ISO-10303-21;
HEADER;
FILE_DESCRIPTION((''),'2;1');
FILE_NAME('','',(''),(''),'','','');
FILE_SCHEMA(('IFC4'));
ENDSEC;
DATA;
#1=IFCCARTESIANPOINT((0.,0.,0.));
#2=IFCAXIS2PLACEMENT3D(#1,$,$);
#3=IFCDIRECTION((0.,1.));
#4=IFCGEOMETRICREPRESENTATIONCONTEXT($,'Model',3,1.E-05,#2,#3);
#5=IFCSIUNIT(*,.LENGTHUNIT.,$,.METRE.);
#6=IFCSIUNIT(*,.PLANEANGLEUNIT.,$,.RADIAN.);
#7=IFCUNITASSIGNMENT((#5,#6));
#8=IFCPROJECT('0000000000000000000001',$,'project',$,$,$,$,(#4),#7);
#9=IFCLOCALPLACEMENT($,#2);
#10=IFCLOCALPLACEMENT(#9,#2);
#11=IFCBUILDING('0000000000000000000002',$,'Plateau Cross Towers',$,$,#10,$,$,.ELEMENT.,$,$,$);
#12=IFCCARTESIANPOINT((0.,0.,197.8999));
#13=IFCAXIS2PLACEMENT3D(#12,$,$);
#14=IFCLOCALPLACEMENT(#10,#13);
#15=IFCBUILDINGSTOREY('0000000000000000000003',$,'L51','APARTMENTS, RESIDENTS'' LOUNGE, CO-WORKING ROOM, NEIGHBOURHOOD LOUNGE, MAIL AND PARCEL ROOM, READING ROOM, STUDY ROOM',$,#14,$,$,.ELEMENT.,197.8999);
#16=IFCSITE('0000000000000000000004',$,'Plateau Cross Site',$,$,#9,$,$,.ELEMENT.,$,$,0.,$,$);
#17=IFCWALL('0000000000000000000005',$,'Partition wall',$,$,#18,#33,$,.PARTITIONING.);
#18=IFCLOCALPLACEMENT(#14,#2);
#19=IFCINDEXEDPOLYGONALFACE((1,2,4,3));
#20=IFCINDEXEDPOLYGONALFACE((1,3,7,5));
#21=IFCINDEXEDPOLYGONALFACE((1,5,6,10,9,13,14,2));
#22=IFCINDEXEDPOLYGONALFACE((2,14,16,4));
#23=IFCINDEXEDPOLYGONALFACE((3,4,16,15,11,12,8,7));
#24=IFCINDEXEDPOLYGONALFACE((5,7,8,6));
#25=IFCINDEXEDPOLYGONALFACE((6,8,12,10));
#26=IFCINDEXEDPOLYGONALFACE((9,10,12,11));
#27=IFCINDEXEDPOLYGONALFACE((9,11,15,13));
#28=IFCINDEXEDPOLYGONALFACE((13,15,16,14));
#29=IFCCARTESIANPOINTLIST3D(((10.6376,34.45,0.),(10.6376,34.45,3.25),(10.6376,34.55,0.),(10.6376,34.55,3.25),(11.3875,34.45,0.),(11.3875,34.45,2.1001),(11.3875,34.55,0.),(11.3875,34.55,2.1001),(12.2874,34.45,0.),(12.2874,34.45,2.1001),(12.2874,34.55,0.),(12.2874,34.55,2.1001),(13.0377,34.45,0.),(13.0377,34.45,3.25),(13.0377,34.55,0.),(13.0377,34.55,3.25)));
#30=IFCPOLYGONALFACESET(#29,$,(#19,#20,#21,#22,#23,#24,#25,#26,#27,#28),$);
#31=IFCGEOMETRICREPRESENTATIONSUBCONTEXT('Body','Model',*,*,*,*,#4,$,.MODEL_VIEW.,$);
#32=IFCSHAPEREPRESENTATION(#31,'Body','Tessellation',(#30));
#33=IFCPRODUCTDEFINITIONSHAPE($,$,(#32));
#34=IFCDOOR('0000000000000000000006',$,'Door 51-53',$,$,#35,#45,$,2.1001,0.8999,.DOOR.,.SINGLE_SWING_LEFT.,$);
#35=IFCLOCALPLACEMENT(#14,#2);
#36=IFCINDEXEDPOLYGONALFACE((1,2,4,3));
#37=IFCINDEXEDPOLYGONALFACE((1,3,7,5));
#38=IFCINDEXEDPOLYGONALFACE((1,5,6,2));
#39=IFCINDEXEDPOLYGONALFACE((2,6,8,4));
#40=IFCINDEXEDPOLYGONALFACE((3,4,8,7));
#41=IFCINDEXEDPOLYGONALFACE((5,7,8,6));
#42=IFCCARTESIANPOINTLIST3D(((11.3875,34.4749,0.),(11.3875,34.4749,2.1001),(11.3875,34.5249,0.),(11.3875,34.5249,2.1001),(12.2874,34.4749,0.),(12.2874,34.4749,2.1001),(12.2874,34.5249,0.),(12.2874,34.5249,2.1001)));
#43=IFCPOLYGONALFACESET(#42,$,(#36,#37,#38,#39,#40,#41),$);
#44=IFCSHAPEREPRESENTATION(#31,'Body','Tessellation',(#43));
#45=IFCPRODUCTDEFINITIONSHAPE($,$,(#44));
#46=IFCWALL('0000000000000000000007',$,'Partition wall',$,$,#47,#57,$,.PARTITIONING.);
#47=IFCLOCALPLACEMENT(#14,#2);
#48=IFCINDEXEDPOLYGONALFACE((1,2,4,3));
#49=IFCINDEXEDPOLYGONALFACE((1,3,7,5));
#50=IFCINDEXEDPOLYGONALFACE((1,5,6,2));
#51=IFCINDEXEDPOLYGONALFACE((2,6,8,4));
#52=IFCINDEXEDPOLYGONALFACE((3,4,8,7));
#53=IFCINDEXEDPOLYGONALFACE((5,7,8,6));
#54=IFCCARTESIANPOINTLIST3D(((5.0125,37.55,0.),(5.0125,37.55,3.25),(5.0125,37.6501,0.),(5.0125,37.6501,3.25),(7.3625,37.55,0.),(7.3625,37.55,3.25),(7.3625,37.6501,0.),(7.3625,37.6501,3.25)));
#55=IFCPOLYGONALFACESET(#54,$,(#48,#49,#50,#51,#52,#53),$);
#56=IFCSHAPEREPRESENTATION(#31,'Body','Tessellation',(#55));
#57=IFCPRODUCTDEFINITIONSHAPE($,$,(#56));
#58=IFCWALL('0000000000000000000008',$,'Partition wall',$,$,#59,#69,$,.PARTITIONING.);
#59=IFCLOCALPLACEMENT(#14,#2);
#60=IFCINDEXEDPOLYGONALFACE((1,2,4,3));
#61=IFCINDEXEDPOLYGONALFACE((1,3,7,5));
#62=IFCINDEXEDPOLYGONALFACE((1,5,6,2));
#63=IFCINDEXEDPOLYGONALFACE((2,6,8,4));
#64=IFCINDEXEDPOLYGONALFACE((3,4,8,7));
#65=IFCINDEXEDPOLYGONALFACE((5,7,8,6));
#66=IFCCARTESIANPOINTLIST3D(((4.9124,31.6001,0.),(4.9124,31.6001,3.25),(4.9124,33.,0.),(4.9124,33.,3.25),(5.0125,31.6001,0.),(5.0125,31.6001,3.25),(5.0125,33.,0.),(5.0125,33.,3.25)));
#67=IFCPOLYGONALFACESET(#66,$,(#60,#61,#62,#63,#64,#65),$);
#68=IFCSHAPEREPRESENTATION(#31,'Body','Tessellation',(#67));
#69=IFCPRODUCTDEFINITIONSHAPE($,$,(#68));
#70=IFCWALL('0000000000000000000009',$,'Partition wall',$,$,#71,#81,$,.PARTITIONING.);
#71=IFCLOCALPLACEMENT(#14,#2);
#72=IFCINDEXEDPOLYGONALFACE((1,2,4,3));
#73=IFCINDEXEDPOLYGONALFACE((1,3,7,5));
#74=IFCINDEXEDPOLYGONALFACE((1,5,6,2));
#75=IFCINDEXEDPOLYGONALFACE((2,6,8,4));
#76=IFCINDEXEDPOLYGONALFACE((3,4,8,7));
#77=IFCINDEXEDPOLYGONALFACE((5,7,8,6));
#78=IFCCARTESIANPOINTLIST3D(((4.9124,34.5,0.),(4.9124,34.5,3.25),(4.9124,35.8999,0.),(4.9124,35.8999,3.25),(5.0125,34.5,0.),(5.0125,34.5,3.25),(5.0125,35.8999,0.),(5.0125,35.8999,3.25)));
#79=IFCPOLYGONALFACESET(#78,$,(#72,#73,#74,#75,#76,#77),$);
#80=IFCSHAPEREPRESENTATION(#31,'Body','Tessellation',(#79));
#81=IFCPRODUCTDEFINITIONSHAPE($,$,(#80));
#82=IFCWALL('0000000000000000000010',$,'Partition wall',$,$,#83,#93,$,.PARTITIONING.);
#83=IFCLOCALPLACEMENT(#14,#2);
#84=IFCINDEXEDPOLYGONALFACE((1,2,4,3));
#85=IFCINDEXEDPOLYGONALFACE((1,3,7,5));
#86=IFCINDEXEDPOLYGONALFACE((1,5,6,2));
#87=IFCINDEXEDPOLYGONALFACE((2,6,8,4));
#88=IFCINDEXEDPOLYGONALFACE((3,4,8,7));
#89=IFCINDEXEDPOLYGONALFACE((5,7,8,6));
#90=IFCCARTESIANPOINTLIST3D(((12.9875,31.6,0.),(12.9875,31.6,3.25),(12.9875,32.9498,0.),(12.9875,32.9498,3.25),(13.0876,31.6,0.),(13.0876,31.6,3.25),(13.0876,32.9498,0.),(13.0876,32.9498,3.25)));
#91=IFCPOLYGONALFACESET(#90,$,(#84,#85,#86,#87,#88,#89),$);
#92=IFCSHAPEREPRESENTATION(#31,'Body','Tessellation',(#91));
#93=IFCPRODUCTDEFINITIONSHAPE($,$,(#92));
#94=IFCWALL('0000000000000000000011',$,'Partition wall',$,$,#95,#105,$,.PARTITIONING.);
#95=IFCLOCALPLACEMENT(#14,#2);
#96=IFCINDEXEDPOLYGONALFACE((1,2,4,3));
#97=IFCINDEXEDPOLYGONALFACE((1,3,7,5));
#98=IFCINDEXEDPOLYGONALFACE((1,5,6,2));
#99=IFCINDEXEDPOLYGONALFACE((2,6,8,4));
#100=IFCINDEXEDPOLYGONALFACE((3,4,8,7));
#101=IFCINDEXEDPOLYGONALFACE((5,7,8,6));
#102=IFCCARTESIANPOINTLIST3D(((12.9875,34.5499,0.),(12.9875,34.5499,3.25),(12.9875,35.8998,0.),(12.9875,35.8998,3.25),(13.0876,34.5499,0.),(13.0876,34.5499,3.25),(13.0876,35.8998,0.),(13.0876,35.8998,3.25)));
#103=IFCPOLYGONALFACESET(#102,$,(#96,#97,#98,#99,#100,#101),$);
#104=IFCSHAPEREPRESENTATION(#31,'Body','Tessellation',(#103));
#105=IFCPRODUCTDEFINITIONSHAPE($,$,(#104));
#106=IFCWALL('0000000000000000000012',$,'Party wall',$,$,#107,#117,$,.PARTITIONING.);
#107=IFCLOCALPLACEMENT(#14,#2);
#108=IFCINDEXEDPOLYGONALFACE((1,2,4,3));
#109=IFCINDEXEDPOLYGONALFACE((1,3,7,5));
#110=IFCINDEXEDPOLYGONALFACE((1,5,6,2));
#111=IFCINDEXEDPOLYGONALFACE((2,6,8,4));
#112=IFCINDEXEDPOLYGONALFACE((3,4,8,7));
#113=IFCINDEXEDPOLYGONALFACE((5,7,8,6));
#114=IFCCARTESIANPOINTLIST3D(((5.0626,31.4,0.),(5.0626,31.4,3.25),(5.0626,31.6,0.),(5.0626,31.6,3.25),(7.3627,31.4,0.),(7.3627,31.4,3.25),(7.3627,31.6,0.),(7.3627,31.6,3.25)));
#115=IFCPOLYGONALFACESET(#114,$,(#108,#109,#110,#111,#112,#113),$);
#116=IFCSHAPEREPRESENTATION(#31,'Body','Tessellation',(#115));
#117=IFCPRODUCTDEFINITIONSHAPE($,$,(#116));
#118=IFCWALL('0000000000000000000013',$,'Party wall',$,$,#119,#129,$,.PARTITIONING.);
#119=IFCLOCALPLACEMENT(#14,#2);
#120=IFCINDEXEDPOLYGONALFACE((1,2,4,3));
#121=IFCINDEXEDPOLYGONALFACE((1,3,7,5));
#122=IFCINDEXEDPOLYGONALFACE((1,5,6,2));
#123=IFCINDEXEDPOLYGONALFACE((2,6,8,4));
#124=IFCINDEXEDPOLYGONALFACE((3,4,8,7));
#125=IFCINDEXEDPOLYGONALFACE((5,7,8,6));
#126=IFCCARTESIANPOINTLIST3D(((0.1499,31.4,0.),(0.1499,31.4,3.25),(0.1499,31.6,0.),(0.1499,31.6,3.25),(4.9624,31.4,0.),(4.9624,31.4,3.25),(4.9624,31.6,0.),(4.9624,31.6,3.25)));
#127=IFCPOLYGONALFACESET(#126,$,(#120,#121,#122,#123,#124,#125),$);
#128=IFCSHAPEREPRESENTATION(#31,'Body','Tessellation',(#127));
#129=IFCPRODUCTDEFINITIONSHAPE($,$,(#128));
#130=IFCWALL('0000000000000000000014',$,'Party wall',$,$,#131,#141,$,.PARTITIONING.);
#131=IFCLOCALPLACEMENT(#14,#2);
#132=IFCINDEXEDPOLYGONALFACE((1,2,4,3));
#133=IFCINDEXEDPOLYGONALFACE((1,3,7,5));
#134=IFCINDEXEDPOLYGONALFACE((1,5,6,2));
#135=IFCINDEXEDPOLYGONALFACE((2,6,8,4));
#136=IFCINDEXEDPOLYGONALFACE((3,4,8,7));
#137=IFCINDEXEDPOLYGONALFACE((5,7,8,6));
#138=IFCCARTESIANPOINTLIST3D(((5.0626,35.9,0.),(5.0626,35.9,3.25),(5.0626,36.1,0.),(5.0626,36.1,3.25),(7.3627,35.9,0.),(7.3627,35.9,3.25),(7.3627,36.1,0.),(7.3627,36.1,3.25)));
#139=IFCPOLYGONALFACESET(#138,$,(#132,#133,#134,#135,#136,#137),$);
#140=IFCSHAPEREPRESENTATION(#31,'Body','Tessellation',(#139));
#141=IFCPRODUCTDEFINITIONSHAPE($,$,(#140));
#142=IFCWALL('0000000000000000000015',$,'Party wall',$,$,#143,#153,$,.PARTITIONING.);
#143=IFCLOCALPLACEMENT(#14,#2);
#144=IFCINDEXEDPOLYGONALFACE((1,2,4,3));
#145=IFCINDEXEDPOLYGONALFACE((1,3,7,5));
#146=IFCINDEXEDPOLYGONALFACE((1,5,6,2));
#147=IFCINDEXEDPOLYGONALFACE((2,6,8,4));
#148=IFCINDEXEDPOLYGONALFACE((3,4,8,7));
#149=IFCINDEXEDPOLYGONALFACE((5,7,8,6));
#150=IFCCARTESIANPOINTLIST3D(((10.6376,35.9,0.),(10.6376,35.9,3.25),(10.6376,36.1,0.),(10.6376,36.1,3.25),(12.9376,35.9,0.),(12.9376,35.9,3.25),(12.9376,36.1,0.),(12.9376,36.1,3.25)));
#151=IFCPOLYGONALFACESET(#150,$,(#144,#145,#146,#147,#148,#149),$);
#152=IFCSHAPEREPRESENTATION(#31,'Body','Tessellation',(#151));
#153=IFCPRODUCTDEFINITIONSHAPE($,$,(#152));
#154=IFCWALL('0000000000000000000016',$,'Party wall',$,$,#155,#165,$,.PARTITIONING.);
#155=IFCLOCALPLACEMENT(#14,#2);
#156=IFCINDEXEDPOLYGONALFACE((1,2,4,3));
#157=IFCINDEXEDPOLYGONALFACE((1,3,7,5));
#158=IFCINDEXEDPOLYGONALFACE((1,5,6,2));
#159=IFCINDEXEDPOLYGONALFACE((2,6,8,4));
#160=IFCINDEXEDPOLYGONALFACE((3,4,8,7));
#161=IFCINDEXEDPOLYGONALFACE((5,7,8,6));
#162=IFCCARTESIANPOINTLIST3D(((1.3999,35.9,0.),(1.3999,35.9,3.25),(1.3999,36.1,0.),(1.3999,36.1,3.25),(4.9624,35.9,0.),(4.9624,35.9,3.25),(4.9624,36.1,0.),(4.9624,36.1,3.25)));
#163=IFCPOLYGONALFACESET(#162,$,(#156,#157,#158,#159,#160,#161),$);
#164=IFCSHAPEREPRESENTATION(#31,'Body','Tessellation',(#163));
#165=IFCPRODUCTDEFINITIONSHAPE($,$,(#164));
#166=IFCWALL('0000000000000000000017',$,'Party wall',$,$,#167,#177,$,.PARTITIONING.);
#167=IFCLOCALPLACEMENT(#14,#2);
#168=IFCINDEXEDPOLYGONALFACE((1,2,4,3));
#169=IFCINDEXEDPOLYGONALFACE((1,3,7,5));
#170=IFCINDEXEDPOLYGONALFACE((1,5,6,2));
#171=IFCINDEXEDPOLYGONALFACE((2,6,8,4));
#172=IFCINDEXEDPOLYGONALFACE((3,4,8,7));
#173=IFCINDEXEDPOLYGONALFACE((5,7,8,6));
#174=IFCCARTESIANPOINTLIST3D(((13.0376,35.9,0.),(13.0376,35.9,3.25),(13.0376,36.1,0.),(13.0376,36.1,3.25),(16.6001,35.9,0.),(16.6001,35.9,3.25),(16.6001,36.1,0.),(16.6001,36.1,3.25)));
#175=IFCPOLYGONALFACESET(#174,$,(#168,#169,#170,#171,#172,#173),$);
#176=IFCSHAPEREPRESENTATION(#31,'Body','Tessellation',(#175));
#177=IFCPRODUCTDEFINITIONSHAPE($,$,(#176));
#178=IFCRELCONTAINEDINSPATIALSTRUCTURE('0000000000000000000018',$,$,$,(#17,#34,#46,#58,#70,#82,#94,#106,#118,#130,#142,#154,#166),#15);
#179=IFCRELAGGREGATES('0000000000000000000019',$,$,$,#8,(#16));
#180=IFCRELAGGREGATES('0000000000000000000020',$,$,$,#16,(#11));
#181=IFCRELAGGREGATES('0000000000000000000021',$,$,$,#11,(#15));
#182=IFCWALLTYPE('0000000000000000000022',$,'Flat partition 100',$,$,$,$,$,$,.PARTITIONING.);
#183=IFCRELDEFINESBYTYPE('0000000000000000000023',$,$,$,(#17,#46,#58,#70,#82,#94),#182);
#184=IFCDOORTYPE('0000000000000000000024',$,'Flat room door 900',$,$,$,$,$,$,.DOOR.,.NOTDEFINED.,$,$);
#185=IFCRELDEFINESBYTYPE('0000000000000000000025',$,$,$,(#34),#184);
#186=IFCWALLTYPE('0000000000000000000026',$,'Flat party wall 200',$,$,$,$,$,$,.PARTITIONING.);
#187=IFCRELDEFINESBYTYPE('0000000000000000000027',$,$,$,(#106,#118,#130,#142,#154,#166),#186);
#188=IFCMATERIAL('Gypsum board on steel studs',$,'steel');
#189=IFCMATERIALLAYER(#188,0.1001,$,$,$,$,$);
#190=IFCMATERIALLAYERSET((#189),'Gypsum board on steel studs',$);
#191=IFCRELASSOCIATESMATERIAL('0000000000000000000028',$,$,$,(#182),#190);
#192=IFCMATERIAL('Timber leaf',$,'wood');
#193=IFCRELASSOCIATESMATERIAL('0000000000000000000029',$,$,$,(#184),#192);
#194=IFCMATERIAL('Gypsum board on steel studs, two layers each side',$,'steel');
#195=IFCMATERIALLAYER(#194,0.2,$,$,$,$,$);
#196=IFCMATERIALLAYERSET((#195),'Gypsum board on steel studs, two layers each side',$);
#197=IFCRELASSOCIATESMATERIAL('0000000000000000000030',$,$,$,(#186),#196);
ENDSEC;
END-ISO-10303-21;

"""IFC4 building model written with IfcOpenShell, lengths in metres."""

from ifc_helpers import new_model, si_unit, direction, frame, frame_2d, origin, place, context, subcontext, project, spatial, rectangle, extrude, material, layer, layer_set, type_object, element, fill, save


model = new_model("IFC4")

# Units and contexts
model_context = context("Model", 3, precision=1e-05, world=origin(), true_north=direction((0.0, 1.0)))
body_context = subcontext(model_context, "Body", "Model", "MODEL_VIEW")
ifc_project = project(units=[si_unit("LENGTHUNIT", "METRE"), si_unit("PLANEANGLEUNIT", "RADIAN")], contexts=[model_context])

# Site, building, storey
site_placement = place(None, origin())
site = spatial("IfcSite", under=ifc_project, at=site_placement, Name="Plateau Cross Site", CompositionType="ELEMENT", RefElevation=0.0)
building_placement = place(site_placement, origin())
building = spatial("IfcBuilding", under=site, at=building_placement, Name="Plateau Cross Towers", CompositionType="ELEMENT")
storey_placement = place(building_placement, frame((0.0, 0.0, 197.8999)))
storey = spatial("IfcBuildingStorey", under=building, at=storey_placement, Name="L51", Description="APARTMENTS, RESIDENTS' LOUNGE, CO-WORKING ROOM, NEIGHBOURHOOD LOUNGE, MAIL AND PARCEL ROOM, READING ROOM, STUDY ROOM", CompositionType="ELEMENT", Elevation=197.8999)

# Wall, opening, door
ifc_material_1 = material(Name="Gypsum board on steel studs", Category="steel")
ifc_layer_1 = layer(ifc_material_1, 0.1001)
ifc_layer_set_1 = layer_set([ifc_layer_1], Name="Gypsum board on steel studs")
wall_type_1 = type_object("IfcWallType", Name="Flat partition 100", PredefinedType="PARTITIONING", material=ifc_layer_set_1)
ifc_material_2 = material(Name="Timber leaf", Category="wood")
door_type_1 = type_object("IfcDoorType", Name="Flat room door 900", OperationType="NOTDEFINED", PredefinedType="DOOR", material=ifc_material_2)
wall_1_placement = place(storey_placement, frame((10.6375, 34.5, 0.0), z_axis=(0.0, 0.0, 1.0), x_axis=(1.0, 0.0, 0.0)))
wall_1 = element("IfcWall", 1, at=wall_1_placement, inside=storey, type_object=wall_type_1, Name="Partition wall", PredefinedType="PARTITIONING", context=body_context, shape_type="SweptSolid", body=[
    extrude(rectangle(XDim=2.4001, YDim=0.1001, at=frame_2d((1.2002, 0.0))), origin(), (0.0, 0.0, 1.0), 3.25),
])
opening_1_placement = place(wall_1_placement, frame((0.75, 0.0, 0.0)))
opening_1 = element("IfcOpeningElement", 2, at=opening_1_placement, cuts=wall_1, PredefinedType="OPENING", context=body_context, shape_type="SweptSolid", body=[
    extrude(rectangle(XDim=0.8999, YDim=2.1001, at=frame_2d((0.45, 1.05))), frame((0.0, 0.0601, 0.0), z_axis=(0.0, -1.0, 0.0), x_axis=(1.0, 0.0, 0.0)), (0.0, 0.0, 1.0), 0.1201),
])
door_1_placement = place(opening_1_placement, origin())
door_1 = element("IfcDoor", 3, at=door_1_placement, inside=storey, type_object=door_type_1, Name="Door 51-53", OperationType="SINGLE_SWING_LEFT", OverallHeight=2.1001, OverallWidth=0.8999, PredefinedType="DOOR", context=body_context, shape_type="SweptSolid", body=[
    extrude(rectangle(XDim=0.8999, YDim=2.1001, at=frame_2d((0.45, 1.05))), frame((0.0, 0.0249, 0.0), z_axis=(0.0, -1.0, 0.0), x_axis=(1.0, 0.0, 0.0)), (0.0, 0.0, 1.0), 0.05),
])
fill(opening_1, door_1)

# Walls
wall_2_placement = place(storey_placement, frame((7.3625, 37.6001, 0.0), z_axis=(0.0, 0.0, 1.0), x_axis=(-1.0, 0.0, 0.0)))
element("IfcWall", 4, at=wall_2_placement, inside=storey, type_object=wall_type_1, Name="Partition wall", PredefinedType="PARTITIONING", context=body_context, shape_type="SweptSolid", body=[
    extrude(rectangle(XDim=2.3501, YDim=0.1001, at=frame_2d((1.175, 0.0))), origin(), (0.0, 0.0, 1.0), 3.25),
])
for number, where, z_axis, x_axis, name in (
    (5, (4.9624, 33.0, 0.0), (0.0, 0.0, 1.0), (0.0, -1.0, 0.0), "Partition wall"),
    (6, (4.9624, 35.8999, 0.0), (0.0, 0.0, 1.0), (0.0, -1.0, 0.0), "Partition wall"),
):
    element("IfcWall", number, at=place(storey_placement, frame(where, z_axis=z_axis, x_axis=x_axis)), inside=storey, type_object=wall_type_1, Name=name, PredefinedType="PARTITIONING", context=body_context, shape_type="SweptSolid", body=[
        extrude(rectangle(XDim=1.3999, YDim=0.1001, at=frame_2d((0.7, 0.0))), origin(), (0.0, 0.0, 1.0), 3.25),
    ])
for number, where, z_axis, x_axis, name in (
    (7, (13.0376, 31.6001, 0.0), (0.0, 0.0, 1.0), (0.0, 1.0, 0.0), "Partition wall"),
    (8, (13.0376, 34.55, 0.0), (0.0, 0.0, 1.0), (0.0, 1.0, 0.0), "Partition wall"),
):
    element("IfcWall", number, at=place(storey_placement, frame(where, z_axis=z_axis, x_axis=x_axis)), inside=storey, type_object=wall_type_1, Name=name, PredefinedType="PARTITIONING", context=body_context, shape_type="SweptSolid", body=[
        extrude(rectangle(XDim=1.3499, YDim=0.1001, at=frame_2d((0.6748, 0.0))), origin(), (0.0, 0.0, 1.0), 3.25),
    ])
ifc_material_3 = material(Name="Gypsum board on steel studs, two layers each side", Category="steel")
ifc_layer_2 = layer(ifc_material_3, 0.2)
ifc_layer_set_2 = layer_set([ifc_layer_2], Name="Gypsum board on steel studs, two layers each side")
wall_type_2 = type_object("IfcWallType", Name="Flat party wall 200", PredefinedType="PARTITIONING", material=ifc_layer_set_2)
wall_3_placement = place(storey_placement, frame((7.3625, 31.5, 0.0), z_axis=(0.0, 0.0, 1.0), x_axis=(-1.0, 0.0, 0.0)))
element("IfcWall", 9, at=wall_3_placement, inside=storey, type_object=wall_type_2, Name="Party wall", PredefinedType="PARTITIONING", context=body_context, shape_type="SweptSolid", body=[
    extrude(rectangle(XDim=2.3, YDim=0.2, at=frame_2d((1.1499, 0.0))), origin(), (0.0, 0.0, 1.0), 3.25),
])
wall_4_placement = place(storey_placement, frame((0.1499, 31.5, 0.0), z_axis=(0.0, 0.0, 1.0), x_axis=(1.0, 0.0, 0.0)))
element("IfcWall", 10, at=wall_4_placement, inside=storey, type_object=wall_type_2, Name="Party wall", PredefinedType="PARTITIONING", context=body_context, shape_type="SweptSolid", body=[
    extrude(rectangle(XDim=4.8125, YDim=0.2, at=frame_2d((2.4062, 0.0))), origin(), (0.0, 0.0, 1.0), 3.25),
])
for number, where, z_axis, x_axis, name in (
    (11, (7.3625, 36.0, 0.0), (0.0, 0.0, 1.0), (-1.0, 0.0, 0.0), "Party wall"),
    (12, (12.9375, 36.0, 0.0), (0.0, 0.0, 1.0), (-1.0, 0.0, 0.0), "Party wall"),
):
    element("IfcWall", number, at=place(storey_placement, frame(where, z_axis=z_axis, x_axis=x_axis)), inside=storey, type_object=wall_type_2, Name=name, PredefinedType="PARTITIONING", context=body_context, shape_type="SweptSolid", body=[
        extrude(rectangle(XDim=2.3, YDim=0.2, at=frame_2d((1.1499, 0.0))), origin(), (0.0, 0.0, 1.0), 3.25),
    ])
for number, where, z_axis, x_axis, name in (
    (13, (1.3999, 36.0, 0.0), (0.0, 0.0, 1.0), (1.0, 0.0, 0.0), "Party wall"),
    (14, (13.0376, 36.0, 0.0), (0.0, 0.0, 1.0), (1.0, 0.0, 0.0), "Party wall"),
):
    element("IfcWall", number, at=place(storey_placement, frame(where, z_axis=z_axis, x_axis=x_axis)), inside=storey, type_object=wall_type_2, Name=name, PredefinedType="PARTITIONING", context=body_context, shape_type="SweptSolid", body=[
        extrude(rectangle(XDim=3.5625, YDim=0.2, at=frame_2d((1.7812, 0.0))), origin(), (0.0, 0.0, 1.0), 3.25),
    ])

save(model, "model.ifc")
